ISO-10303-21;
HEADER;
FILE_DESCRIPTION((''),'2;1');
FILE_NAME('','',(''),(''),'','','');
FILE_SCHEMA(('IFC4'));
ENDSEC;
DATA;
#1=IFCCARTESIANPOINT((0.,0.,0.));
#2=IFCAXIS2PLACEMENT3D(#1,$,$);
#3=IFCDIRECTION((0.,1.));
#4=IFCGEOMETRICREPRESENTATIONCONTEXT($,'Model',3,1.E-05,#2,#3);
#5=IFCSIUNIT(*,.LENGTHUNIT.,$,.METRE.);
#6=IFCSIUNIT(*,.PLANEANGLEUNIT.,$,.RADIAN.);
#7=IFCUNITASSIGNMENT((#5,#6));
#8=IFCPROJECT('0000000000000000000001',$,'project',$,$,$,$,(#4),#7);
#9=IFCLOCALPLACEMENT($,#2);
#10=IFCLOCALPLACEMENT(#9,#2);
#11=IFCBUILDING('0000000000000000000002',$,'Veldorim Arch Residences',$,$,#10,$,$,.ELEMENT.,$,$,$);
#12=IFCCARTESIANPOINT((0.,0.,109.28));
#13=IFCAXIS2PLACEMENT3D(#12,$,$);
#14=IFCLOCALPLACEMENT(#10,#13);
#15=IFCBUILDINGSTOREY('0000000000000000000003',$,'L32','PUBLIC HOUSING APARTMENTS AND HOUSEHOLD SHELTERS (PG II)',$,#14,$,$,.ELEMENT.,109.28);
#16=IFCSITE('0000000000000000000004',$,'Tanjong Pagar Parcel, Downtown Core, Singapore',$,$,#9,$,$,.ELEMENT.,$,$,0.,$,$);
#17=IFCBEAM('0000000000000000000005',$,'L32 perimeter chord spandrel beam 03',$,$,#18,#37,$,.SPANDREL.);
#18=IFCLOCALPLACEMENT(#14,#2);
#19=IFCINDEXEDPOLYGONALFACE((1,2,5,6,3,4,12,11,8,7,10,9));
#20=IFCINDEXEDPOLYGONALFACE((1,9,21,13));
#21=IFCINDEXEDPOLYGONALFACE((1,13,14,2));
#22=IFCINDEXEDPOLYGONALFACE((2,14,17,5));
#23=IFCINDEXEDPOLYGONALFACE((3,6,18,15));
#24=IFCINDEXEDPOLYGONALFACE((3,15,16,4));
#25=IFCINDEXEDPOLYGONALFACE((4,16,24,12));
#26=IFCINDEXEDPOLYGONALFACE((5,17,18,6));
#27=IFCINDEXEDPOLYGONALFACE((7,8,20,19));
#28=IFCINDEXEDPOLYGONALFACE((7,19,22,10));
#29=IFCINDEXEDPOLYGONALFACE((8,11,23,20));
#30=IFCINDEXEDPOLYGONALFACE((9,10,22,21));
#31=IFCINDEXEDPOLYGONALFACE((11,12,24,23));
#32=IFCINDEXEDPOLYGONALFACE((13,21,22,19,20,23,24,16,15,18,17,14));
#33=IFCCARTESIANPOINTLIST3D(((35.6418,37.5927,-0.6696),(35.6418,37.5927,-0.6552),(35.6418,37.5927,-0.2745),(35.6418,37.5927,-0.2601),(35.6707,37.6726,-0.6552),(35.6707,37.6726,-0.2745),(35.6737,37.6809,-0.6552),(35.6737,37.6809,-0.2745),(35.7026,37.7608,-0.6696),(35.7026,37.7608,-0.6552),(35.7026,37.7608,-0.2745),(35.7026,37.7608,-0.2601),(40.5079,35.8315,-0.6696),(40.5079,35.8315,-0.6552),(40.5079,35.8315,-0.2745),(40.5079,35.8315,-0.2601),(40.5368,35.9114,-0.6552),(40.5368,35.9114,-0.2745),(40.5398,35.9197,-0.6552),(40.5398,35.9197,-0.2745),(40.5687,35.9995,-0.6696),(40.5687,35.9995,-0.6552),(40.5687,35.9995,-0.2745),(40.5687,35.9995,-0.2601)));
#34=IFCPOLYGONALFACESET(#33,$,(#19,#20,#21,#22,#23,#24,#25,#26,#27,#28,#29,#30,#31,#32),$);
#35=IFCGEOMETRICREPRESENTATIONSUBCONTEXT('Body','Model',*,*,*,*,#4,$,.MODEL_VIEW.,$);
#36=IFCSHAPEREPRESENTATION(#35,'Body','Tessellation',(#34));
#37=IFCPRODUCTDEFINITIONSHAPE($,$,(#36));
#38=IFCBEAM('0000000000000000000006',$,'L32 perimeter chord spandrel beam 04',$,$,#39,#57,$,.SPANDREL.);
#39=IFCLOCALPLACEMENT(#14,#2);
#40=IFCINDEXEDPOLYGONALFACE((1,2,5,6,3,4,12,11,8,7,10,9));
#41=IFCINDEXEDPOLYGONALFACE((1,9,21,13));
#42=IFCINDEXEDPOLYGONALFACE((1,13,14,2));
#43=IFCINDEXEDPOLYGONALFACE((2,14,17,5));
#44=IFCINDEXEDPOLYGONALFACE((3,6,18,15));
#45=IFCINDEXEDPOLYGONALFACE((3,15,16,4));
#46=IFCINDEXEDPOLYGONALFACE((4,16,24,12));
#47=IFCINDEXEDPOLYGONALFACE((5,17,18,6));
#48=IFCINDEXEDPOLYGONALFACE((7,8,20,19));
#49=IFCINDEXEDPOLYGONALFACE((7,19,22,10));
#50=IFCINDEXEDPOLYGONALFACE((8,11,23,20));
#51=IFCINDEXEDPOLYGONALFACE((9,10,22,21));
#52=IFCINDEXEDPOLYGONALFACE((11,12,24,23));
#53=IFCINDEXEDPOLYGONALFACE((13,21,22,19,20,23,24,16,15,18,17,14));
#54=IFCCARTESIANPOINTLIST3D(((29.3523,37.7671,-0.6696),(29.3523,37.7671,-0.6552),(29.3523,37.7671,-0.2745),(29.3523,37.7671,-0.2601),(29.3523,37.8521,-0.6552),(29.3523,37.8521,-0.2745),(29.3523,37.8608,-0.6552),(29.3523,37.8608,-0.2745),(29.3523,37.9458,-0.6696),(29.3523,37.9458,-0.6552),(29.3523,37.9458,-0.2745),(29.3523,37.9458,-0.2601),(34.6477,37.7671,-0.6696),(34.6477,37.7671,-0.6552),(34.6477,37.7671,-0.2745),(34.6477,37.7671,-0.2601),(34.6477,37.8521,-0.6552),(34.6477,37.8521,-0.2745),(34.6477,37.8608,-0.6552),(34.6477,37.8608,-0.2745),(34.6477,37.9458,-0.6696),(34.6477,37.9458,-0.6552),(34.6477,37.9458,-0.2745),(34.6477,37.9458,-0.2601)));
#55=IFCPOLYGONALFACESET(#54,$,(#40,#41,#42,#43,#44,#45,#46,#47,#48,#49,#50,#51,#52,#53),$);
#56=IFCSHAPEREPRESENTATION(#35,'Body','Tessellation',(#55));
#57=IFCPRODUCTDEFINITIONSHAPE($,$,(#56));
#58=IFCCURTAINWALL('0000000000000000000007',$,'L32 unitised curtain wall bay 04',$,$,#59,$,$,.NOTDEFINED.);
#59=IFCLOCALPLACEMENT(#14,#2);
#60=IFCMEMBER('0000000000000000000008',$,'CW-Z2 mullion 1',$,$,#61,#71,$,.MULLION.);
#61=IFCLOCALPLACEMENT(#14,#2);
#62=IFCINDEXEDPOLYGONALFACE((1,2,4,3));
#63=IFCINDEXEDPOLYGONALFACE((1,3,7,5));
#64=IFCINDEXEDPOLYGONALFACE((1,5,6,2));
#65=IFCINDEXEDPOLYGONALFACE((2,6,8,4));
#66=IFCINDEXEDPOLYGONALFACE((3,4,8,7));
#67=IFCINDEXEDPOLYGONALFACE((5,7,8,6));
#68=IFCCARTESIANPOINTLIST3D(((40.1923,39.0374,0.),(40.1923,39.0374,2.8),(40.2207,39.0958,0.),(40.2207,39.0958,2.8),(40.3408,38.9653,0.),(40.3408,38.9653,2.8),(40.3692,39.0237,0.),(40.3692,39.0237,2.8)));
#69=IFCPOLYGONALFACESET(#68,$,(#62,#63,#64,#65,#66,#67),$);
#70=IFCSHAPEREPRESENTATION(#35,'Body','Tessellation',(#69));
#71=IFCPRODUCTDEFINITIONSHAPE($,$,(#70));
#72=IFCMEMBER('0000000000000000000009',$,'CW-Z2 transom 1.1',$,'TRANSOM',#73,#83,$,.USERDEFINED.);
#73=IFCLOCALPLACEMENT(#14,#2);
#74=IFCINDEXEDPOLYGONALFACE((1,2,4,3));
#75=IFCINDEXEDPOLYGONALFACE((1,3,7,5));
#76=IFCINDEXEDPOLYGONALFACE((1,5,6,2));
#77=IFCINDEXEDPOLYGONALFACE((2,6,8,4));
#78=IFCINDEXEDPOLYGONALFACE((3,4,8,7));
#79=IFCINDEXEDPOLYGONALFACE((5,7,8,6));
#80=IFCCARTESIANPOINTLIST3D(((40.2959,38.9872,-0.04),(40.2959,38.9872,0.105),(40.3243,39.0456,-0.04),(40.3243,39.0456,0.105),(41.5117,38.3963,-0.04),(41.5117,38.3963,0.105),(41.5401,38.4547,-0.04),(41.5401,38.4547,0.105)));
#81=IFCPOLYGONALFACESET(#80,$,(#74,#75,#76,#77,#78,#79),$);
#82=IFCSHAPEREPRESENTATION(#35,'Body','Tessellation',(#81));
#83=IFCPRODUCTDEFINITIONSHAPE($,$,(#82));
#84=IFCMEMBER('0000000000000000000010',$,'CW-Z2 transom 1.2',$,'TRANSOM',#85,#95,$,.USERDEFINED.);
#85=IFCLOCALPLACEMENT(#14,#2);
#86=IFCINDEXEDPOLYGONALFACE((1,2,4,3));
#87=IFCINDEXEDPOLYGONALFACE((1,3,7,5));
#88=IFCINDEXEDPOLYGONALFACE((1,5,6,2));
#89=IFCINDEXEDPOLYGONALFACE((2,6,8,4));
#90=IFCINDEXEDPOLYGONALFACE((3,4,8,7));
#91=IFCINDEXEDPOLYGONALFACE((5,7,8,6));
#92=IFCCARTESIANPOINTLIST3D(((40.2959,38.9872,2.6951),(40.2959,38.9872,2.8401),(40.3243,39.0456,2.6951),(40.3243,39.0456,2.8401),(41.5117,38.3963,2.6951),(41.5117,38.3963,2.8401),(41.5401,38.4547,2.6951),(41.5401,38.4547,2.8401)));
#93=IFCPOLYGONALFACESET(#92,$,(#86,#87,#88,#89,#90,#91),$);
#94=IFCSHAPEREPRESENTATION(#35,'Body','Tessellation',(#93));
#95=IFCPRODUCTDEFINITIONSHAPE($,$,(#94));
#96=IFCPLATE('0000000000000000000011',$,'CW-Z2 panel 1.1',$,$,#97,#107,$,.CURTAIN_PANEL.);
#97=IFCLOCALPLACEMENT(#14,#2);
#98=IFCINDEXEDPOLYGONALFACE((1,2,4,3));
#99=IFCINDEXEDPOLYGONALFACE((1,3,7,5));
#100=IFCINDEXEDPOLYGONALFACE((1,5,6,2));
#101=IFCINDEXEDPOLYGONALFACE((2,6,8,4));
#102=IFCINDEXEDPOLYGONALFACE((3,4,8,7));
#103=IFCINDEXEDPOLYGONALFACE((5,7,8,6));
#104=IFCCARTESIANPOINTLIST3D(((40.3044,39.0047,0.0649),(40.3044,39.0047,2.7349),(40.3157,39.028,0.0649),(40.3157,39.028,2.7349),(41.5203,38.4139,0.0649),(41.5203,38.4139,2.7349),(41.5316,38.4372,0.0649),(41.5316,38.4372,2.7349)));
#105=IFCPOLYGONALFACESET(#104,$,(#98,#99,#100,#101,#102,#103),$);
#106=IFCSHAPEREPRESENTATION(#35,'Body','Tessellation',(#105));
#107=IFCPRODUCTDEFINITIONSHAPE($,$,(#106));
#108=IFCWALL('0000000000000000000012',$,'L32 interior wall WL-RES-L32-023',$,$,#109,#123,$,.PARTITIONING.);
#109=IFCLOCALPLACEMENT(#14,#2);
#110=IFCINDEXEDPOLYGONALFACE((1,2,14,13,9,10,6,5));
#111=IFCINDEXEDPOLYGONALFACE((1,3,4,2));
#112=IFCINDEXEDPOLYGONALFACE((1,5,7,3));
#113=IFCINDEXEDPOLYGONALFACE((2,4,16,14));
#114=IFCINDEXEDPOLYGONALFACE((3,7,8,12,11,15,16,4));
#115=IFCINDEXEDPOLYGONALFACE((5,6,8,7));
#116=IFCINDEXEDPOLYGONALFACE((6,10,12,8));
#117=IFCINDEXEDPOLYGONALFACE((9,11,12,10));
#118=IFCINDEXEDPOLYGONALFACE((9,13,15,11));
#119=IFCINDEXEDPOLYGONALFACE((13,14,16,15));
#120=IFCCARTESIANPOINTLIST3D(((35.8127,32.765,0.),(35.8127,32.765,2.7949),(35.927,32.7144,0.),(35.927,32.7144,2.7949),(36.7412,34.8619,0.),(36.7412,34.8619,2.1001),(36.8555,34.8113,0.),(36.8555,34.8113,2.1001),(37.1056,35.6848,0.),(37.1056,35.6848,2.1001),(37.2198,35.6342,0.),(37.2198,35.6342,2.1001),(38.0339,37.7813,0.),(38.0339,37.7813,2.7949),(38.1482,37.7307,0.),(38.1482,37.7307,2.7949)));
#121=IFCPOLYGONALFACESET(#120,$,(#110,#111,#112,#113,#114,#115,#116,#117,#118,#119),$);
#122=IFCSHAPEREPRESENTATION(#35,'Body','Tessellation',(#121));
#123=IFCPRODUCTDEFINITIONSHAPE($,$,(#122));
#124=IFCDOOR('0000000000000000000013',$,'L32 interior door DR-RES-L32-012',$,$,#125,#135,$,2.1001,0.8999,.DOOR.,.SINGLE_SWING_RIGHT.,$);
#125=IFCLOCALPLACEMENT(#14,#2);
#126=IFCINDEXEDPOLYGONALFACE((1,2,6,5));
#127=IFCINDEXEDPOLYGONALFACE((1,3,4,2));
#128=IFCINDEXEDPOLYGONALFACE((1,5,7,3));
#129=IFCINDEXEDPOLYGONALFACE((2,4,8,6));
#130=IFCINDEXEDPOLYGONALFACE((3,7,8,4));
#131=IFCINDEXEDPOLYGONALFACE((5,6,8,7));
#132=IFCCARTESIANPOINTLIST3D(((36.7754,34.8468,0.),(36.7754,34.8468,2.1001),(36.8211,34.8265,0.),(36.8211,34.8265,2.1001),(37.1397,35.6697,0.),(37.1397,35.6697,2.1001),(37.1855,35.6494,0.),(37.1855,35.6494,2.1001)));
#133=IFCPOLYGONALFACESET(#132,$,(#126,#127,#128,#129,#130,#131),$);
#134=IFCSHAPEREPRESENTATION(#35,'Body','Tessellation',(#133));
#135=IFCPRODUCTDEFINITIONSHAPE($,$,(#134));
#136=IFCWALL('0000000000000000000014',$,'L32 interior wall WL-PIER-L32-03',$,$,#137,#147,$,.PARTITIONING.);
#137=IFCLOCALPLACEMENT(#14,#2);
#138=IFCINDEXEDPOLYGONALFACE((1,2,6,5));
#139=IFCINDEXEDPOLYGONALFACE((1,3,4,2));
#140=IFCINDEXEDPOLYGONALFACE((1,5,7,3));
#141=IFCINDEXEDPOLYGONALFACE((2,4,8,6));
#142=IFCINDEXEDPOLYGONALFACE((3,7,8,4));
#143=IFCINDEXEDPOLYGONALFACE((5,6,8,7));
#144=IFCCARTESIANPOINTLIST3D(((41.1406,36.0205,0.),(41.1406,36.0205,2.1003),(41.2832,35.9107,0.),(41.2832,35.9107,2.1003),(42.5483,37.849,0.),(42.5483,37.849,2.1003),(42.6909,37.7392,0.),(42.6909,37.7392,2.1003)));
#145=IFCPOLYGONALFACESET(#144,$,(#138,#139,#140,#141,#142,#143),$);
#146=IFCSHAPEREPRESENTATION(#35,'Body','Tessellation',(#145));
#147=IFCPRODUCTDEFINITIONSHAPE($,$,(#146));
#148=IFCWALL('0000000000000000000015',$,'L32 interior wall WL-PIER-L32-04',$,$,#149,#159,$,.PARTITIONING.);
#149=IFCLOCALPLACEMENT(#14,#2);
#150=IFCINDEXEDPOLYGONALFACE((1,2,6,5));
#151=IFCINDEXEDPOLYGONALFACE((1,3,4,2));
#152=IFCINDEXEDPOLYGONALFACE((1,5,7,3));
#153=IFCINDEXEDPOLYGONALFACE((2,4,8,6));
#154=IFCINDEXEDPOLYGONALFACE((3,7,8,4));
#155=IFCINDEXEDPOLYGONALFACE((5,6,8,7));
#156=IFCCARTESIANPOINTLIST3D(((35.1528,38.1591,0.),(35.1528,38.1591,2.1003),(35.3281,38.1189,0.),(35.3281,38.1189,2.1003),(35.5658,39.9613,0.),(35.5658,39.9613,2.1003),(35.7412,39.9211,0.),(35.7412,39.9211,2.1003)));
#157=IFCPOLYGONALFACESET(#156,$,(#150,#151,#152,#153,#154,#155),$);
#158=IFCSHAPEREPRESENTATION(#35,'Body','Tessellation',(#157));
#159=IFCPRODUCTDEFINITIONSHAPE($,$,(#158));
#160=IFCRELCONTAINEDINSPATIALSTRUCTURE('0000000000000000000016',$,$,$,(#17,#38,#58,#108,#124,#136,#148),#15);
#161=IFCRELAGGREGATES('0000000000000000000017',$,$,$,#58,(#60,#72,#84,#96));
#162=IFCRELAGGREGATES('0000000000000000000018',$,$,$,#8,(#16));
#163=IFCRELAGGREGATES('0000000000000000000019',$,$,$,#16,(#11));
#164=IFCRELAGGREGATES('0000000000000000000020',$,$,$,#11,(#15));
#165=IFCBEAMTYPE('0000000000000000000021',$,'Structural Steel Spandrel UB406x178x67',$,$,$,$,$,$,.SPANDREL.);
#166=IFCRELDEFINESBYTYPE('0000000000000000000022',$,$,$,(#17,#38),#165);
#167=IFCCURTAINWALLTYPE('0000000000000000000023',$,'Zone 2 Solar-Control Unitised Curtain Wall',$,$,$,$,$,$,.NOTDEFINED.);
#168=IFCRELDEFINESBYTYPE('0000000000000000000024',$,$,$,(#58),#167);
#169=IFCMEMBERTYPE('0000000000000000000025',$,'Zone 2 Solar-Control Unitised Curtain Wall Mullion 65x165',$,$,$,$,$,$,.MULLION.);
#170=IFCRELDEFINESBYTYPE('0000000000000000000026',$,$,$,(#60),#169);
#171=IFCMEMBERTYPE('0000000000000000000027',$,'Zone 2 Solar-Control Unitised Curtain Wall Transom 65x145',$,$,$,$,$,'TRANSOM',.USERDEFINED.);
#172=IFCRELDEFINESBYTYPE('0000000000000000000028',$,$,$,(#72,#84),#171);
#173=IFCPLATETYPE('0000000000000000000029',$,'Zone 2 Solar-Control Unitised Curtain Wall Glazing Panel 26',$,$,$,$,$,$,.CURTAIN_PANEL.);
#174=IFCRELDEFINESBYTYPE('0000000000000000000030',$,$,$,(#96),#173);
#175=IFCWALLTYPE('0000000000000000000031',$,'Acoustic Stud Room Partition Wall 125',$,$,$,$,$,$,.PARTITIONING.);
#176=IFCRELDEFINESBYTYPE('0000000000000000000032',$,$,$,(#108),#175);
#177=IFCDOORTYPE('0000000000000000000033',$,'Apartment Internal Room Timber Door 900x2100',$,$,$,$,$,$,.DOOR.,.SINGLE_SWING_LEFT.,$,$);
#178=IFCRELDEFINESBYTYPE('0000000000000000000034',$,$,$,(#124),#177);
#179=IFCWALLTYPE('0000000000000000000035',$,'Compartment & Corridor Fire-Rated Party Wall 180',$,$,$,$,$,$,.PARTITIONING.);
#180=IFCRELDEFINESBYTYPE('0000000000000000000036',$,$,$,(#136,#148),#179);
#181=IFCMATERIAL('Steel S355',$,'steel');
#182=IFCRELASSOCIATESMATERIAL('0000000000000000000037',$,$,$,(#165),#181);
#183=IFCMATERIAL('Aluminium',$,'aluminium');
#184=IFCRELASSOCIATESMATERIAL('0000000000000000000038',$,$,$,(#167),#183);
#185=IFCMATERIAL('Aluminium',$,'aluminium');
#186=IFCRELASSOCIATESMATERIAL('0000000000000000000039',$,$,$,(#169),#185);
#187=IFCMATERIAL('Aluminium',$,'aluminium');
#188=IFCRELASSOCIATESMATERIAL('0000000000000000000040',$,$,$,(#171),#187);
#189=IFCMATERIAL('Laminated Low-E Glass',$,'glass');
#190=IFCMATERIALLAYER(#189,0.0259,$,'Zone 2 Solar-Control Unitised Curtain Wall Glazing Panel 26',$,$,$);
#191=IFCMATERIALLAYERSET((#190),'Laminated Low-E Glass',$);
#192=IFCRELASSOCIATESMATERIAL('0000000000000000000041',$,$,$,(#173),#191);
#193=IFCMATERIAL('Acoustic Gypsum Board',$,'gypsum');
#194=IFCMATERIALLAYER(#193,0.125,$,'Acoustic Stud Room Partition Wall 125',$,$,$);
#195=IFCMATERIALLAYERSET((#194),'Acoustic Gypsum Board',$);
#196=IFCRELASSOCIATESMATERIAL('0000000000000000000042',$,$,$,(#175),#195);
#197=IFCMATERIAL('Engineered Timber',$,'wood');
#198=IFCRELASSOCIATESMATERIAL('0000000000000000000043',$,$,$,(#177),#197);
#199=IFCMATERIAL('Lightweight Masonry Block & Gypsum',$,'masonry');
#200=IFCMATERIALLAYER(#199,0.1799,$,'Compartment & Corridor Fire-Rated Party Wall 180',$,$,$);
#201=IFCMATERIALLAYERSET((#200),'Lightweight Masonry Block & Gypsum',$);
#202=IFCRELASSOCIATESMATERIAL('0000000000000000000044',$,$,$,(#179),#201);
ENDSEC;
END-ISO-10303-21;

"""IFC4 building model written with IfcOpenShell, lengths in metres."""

from ifc_helpers import new_model, si_unit, direction, frame, frame_2d, origin, origin_2d, place, context, subcontext, project, spatial, rectangle, i_section, extrude, material, layer, layer_set, material_profile, profile_set, type_object, element, fill, aggregate, save


model = new_model("IFC4")

# Units and contexts
model_context = context("Model", 3, precision=1e-05, world=origin(), true_north=direction((0.0, 1.0)))
body_context = subcontext(model_context, "Body", "Model", "MODEL_VIEW")
ifc_project = project(units=[si_unit("LENGTHUNIT", "METRE"), si_unit("PLANEANGLEUNIT", "RADIAN")], contexts=[model_context])

# Site, building, storey
site_placement = place(None, origin())
site = spatial("IfcSite", under=ifc_project, at=site_placement, Name="Tanjong Pagar Parcel, Downtown Core, Singapore", CompositionType="ELEMENT", RefElevation=0.0)
building_placement = place(site_placement, origin())
building = spatial("IfcBuilding", under=site, at=building_placement, Name="Veldorim Arch Residences", CompositionType="ELEMENT")
storey_placement = place(building_placement, frame((0.0, 0.0, 109.28)))
storey = spatial("IfcBuildingStorey", under=building, at=storey_placement, Name="L32", Description="PUBLIC HOUSING APARTMENTS AND HOUSEHOLD SHELTERS (PG II)", CompositionType="ELEMENT", Elevation=109.28)

# Beams
ifc_material_1 = material(Name="Steel S355", Category="steel")
ifc_material_profile_1 = material_profile(ifc_material_1, i_section(OverallWidth=0.1787, OverallDepth=0.4094, WebThickness=0.0088, FlangeThickness=0.0144, at=origin_2d()), Name="UB406x178x67")
ifc_profile_set_1 = profile_set([ifc_material_profile_1], Name="Steel S355")
beam_type_1 = type_object("IfcBeamType", Name="Structural Steel Spandrel UB406x178x67", PredefinedType="SPANDREL", material=ifc_profile_set_1)
beam_1_placement = place(storey_placement, frame((40.5383, 35.9155, -0.4648), z_axis=(-0.940308, 0.340326, 0.0), x_axis=(-0.340326, -0.940308, 0.0)))
element("IfcBeam", 1, at=beam_1_placement, inside=storey, type_object=beam_type_1, Name="L32 perimeter chord spandrel beam 03", PredefinedType="SPANDREL", context=body_context, shape_type="SweptSolid", body=[
    extrude(i_section(OverallWidth=0.1787, OverallDepth=0.4094, WebThickness=0.0088, FlangeThickness=0.0144, at=origin_2d()), origin(), (0.0, 0.0, 1.0), 5.175),
])
beam_2_placement = place(storey_placement, frame((34.6477, 37.8564, -0.4648), z_axis=(-1.0, 0.0, 0.0), x_axis=(0.0, -1.0, 0.0)))
element("IfcBeam", 2, at=beam_2_placement, inside=storey, type_object=beam_type_1, Name="L32 perimeter chord spandrel beam 04", PredefinedType="SPANDREL", context=body_context, shape_type="SweptSolid", body=[
    extrude(i_section(OverallWidth=0.1787, OverallDepth=0.4094, WebThickness=0.0088, FlangeThickness=0.0144, at=origin_2d()), origin(), (0.0, 0.0, 1.0), 5.2954),
])

# Curtain wall, members, plate
ifc_material_2 = material(Name="Aluminium", Category="aluminium")
curtain_wall_type = type_object("IfcCurtainWallType", Name="Zone 2 Solar-Control Unitised Curtain Wall", PredefinedType="NOTDEFINED", material=ifc_material_2)
curtain_wall_placement = place(storey_placement, origin())
curtain_wall = element("IfcCurtainWall", 3, at=curtain_wall_placement, inside=storey, type_object=curtain_wall_type, Name="L32 unitised curtain wall bay 04", PredefinedType="NOTDEFINED")
ifc_material_3 = material(Name="Aluminium", Category="aluminium")
ifc_material_profile_2 = material_profile(ifc_material_3, rectangle(XDim=0.0649, YDim=0.165, at=origin_2d()), Name="ALU_MUL_65x165")
ifc_profile_set_2 = profile_set([ifc_material_profile_2], Name="Aluminium")
member_type_1 = type_object("IfcMemberType", Name="Zone 2 Solar-Control Unitised Curtain Wall Mullion 65x165", PredefinedType="MULLION", material=ifc_profile_set_2)
member_1_placement = place(storey_placement, frame((40.2808, 39.0305, 0.0), z_axis=(0.0, 0.0, 1.0), x_axis=(0.437, 0.899462, 0.0)))
member_1 = element("IfcMember", 4, at=member_1_placement, type_object=member_type_1, Name="CW-Z2 mullion 1", PredefinedType="MULLION", context=body_context, shape_type="SweptSolid", body=[
    extrude(rectangle(XDim=0.0649, YDim=0.165, at=origin_2d()), origin(), (0.0, 0.0, 1.0), 2.8),
])
ifc_material_4 = material(Name="Aluminium", Category="aluminium")
ifc_material_profile_3 = material_profile(ifc_material_4, rectangle(XDim=0.0649, YDim=0.145, at=origin_2d()), Name="ALU_TRN_65x145")
ifc_profile_set_3 = profile_set([ifc_material_profile_3], Name="Aluminium")
member_type_2 = type_object("IfcMemberType", Name="Zone 2 Solar-Control Unitised Curtain Wall Transom 65x145", ElementType="TRANSOM", PredefinedType="USERDEFINED", material=ifc_profile_set_3)
member_2_placement = place(storey_placement, frame((40.3101, 39.0164, 0.0325), z_axis=(0.899427, -0.437071, 0.0), x_axis=(0.437071, 0.899427, 0.0)))
member_2 = element("IfcMember", 5, at=member_2_placement, type_object=member_type_2, Name="CW-Z2 transom 1.1", ObjectType="TRANSOM", PredefinedType="USERDEFINED", context=body_context, shape_type="SweptSolid", body=[
    extrude(rectangle(XDim=0.0649, YDim=0.145, at=origin_2d()), origin(), (0.0, 0.0, 1.0), 1.3518),
])
member_3_placement = place(storey_placement, frame((40.3101, 39.0164, 2.7676), z_axis=(0.899427, -0.437071, 0.0), x_axis=(0.437071, 0.899427, 0.0)))
member_3 = element("IfcMember", 6, at=member_3_placement, type_object=member_type_2, Name="CW-Z2 transom 1.2", ObjectType="TRANSOM", PredefinedType="USERDEFINED", context=body_context, shape_type="SweptSolid", body=[
    extrude(rectangle(XDim=0.0649, YDim=0.145, at=origin_2d()), origin(), (0.0, 0.0, 1.0), 1.3518),
])
ifc_material_5 = material(Name="Laminated Low-E Glass", Category="glass")
ifc_layer_1 = layer(ifc_material_5, 0.0259, Name="Zone 2 Solar-Control Unitised Curtain Wall Glazing Panel 26")
ifc_layer_set_1 = layer_set([ifc_layer_1], Name="Laminated Low-E Glass")
plate_type = type_object("IfcPlateType", Name="Zone 2 Solar-Control Unitised Curtain Wall Glazing Panel 26", PredefinedType="CURTAIN_PANEL", material=ifc_layer_set_1)
plate_placement = place(storey_placement, frame((40.918, 38.7209, 0.0649), z_axis=(0.0, 0.0, 1.0), x_axis=(0.899462, -0.437, 0.0)))
plate = element("IfcPlate", 7, at=plate_placement, type_object=plate_type, Name="CW-Z2 panel 1.1", PredefinedType="CURTAIN_PANEL", context=body_context, shape_type="SweptSolid", body=[
    extrude(rectangle(XDim=1.3518, YDim=0.0259, at=origin_2d()), origin(), (0.0, 0.0, 1.0), 2.6699),
])
aggregate(curtain_wall, [member_1, member_2, member_3, plate])

# Wall, opening, door
ifc_material_6 = material(Name="Acoustic Gypsum Board", Category="gypsum")
ifc_layer_2 = layer(ifc_material_6, 0.125, Name="Acoustic Stud Room Partition Wall 125")
ifc_layer_set_2 = layer_set([ifc_layer_2], Name="Acoustic Gypsum Board")
wall_type_1 = type_object("IfcWallType", Name="Acoustic Stud Room Partition Wall 125", PredefinedType="PARTITIONING", material=ifc_layer_set_2)
wall_1_placement = place(storey_placement, frame((38.0911, 37.7561, 0.0), z_axis=(0.0, 0.0, 1.0), x_axis=(-0.404875, -0.914372, 0.0)))
wall_1 = element("IfcWall", 8, at=wall_1_placement, inside=storey, type_object=wall_type_1, Name="L32 interior wall WL-RES-L32-023", PredefinedType="PARTITIONING", context=body_context, shape_type="SweptSolid", body=[
    extrude(rectangle(XDim=5.4861, YDim=0.125, at=frame_2d((2.7432, 0.0))), origin(), (0.0, 0.0, 1.0), 2.7949),
])
opening_1_placement = place(wall_1_placement, frame((2.293, 0.0, 0.0)))
opening_1 = element("IfcOpeningElement", 9, at=opening_1_placement, cuts=wall_1, PredefinedType="OPENING", context=body_context, shape_type="SweptSolid", body=[
    extrude(rectangle(XDim=0.8999, YDim=2.1001, at=frame_2d((0.45, 1.05))), frame((0.0, 0.0725, 0.0), z_axis=(0.0, -1.0, 0.0), x_axis=(1.0, 0.0, 0.0)), (0.0, 0.0, 1.0), 0.145),
])
ifc_material_7 = material(Name="Engineered Timber", Category="wood")
door_type_1 = type_object("IfcDoorType", Name="Apartment Internal Room Timber Door 900x2100", OperationType="SINGLE_SWING_LEFT", PredefinedType="DOOR", material=ifc_material_7)
door_1_placement = place(opening_1_placement, origin())
door_1 = element("IfcDoor", 10, at=door_1_placement, inside=storey, type_object=door_type_1, Name="L32 interior door DR-RES-L32-012", OperationType="SINGLE_SWING_RIGHT", OverallHeight=2.1001, OverallWidth=0.8999, PredefinedType="DOOR", context=body_context, shape_type="SweptSolid", body=[
    extrude(rectangle(XDim=0.8999, YDim=2.1001, at=frame_2d((0.45, 1.05))), frame((0.0, 0.0249, 0.0), z_axis=(0.0, -1.0, 0.0), x_axis=(1.0, 0.0, 0.0)), (0.0, 0.0, 1.0), 0.05),
])
fill(opening_1, door_1)

# Walls
ifc_material_8 = material(Name="Lightweight Masonry Block & Gypsum", Category="masonry")
ifc_layer_3 = layer(ifc_material_8, 0.1799, Name="Compartment & Corridor Fire-Rated Party Wall 180")
ifc_layer_set_3 = layer_set([ifc_layer_3], Name="Lightweight Masonry Block & Gypsum")
wall_type_2 = type_object("IfcWallType", Name="Compartment & Corridor Fire-Rated Party Wall 180", PredefinedType="PARTITIONING", material=ifc_layer_set_3)
wall_2_placement = place(storey_placement, frame((41.2119, 35.9656, 0.0), z_axis=(0.0, 0.0, 1.0), x_axis=(0.610007, 0.792396, 0.0)))
element("IfcWall", 11, at=wall_2_placement, inside=storey, type_object=wall_type_2, Name="L32 interior wall WL-PIER-L32-03", PredefinedType="PARTITIONING", context=body_context, shape_type="SweptSolid", body=[
    extrude(rectangle(XDim=2.3076, YDim=0.1799, at=frame_2d((1.1538, 0.0))), origin(), (0.0, 0.0, 1.0), 2.1003),
])
wall_3_placement = place(storey_placement, frame((35.2405, 38.1392, 0.0), z_axis=(0.0, 0.0, 1.0), x_axis=(0.223413, 0.974724, 0.0)))
element("IfcWall", 12, at=wall_3_placement, inside=storey, type_object=wall_type_2, Name="L32 interior wall WL-PIER-L32-04", PredefinedType="PARTITIONING", context=body_context, shape_type="SweptSolid", body=[
    extrude(rectangle(XDim=1.8489, YDim=0.1799, at=frame_2d((0.9243, 0.0))), origin(), (0.0, 0.0, 1.0), 2.1003),
])

save(model, "model.ifc")
